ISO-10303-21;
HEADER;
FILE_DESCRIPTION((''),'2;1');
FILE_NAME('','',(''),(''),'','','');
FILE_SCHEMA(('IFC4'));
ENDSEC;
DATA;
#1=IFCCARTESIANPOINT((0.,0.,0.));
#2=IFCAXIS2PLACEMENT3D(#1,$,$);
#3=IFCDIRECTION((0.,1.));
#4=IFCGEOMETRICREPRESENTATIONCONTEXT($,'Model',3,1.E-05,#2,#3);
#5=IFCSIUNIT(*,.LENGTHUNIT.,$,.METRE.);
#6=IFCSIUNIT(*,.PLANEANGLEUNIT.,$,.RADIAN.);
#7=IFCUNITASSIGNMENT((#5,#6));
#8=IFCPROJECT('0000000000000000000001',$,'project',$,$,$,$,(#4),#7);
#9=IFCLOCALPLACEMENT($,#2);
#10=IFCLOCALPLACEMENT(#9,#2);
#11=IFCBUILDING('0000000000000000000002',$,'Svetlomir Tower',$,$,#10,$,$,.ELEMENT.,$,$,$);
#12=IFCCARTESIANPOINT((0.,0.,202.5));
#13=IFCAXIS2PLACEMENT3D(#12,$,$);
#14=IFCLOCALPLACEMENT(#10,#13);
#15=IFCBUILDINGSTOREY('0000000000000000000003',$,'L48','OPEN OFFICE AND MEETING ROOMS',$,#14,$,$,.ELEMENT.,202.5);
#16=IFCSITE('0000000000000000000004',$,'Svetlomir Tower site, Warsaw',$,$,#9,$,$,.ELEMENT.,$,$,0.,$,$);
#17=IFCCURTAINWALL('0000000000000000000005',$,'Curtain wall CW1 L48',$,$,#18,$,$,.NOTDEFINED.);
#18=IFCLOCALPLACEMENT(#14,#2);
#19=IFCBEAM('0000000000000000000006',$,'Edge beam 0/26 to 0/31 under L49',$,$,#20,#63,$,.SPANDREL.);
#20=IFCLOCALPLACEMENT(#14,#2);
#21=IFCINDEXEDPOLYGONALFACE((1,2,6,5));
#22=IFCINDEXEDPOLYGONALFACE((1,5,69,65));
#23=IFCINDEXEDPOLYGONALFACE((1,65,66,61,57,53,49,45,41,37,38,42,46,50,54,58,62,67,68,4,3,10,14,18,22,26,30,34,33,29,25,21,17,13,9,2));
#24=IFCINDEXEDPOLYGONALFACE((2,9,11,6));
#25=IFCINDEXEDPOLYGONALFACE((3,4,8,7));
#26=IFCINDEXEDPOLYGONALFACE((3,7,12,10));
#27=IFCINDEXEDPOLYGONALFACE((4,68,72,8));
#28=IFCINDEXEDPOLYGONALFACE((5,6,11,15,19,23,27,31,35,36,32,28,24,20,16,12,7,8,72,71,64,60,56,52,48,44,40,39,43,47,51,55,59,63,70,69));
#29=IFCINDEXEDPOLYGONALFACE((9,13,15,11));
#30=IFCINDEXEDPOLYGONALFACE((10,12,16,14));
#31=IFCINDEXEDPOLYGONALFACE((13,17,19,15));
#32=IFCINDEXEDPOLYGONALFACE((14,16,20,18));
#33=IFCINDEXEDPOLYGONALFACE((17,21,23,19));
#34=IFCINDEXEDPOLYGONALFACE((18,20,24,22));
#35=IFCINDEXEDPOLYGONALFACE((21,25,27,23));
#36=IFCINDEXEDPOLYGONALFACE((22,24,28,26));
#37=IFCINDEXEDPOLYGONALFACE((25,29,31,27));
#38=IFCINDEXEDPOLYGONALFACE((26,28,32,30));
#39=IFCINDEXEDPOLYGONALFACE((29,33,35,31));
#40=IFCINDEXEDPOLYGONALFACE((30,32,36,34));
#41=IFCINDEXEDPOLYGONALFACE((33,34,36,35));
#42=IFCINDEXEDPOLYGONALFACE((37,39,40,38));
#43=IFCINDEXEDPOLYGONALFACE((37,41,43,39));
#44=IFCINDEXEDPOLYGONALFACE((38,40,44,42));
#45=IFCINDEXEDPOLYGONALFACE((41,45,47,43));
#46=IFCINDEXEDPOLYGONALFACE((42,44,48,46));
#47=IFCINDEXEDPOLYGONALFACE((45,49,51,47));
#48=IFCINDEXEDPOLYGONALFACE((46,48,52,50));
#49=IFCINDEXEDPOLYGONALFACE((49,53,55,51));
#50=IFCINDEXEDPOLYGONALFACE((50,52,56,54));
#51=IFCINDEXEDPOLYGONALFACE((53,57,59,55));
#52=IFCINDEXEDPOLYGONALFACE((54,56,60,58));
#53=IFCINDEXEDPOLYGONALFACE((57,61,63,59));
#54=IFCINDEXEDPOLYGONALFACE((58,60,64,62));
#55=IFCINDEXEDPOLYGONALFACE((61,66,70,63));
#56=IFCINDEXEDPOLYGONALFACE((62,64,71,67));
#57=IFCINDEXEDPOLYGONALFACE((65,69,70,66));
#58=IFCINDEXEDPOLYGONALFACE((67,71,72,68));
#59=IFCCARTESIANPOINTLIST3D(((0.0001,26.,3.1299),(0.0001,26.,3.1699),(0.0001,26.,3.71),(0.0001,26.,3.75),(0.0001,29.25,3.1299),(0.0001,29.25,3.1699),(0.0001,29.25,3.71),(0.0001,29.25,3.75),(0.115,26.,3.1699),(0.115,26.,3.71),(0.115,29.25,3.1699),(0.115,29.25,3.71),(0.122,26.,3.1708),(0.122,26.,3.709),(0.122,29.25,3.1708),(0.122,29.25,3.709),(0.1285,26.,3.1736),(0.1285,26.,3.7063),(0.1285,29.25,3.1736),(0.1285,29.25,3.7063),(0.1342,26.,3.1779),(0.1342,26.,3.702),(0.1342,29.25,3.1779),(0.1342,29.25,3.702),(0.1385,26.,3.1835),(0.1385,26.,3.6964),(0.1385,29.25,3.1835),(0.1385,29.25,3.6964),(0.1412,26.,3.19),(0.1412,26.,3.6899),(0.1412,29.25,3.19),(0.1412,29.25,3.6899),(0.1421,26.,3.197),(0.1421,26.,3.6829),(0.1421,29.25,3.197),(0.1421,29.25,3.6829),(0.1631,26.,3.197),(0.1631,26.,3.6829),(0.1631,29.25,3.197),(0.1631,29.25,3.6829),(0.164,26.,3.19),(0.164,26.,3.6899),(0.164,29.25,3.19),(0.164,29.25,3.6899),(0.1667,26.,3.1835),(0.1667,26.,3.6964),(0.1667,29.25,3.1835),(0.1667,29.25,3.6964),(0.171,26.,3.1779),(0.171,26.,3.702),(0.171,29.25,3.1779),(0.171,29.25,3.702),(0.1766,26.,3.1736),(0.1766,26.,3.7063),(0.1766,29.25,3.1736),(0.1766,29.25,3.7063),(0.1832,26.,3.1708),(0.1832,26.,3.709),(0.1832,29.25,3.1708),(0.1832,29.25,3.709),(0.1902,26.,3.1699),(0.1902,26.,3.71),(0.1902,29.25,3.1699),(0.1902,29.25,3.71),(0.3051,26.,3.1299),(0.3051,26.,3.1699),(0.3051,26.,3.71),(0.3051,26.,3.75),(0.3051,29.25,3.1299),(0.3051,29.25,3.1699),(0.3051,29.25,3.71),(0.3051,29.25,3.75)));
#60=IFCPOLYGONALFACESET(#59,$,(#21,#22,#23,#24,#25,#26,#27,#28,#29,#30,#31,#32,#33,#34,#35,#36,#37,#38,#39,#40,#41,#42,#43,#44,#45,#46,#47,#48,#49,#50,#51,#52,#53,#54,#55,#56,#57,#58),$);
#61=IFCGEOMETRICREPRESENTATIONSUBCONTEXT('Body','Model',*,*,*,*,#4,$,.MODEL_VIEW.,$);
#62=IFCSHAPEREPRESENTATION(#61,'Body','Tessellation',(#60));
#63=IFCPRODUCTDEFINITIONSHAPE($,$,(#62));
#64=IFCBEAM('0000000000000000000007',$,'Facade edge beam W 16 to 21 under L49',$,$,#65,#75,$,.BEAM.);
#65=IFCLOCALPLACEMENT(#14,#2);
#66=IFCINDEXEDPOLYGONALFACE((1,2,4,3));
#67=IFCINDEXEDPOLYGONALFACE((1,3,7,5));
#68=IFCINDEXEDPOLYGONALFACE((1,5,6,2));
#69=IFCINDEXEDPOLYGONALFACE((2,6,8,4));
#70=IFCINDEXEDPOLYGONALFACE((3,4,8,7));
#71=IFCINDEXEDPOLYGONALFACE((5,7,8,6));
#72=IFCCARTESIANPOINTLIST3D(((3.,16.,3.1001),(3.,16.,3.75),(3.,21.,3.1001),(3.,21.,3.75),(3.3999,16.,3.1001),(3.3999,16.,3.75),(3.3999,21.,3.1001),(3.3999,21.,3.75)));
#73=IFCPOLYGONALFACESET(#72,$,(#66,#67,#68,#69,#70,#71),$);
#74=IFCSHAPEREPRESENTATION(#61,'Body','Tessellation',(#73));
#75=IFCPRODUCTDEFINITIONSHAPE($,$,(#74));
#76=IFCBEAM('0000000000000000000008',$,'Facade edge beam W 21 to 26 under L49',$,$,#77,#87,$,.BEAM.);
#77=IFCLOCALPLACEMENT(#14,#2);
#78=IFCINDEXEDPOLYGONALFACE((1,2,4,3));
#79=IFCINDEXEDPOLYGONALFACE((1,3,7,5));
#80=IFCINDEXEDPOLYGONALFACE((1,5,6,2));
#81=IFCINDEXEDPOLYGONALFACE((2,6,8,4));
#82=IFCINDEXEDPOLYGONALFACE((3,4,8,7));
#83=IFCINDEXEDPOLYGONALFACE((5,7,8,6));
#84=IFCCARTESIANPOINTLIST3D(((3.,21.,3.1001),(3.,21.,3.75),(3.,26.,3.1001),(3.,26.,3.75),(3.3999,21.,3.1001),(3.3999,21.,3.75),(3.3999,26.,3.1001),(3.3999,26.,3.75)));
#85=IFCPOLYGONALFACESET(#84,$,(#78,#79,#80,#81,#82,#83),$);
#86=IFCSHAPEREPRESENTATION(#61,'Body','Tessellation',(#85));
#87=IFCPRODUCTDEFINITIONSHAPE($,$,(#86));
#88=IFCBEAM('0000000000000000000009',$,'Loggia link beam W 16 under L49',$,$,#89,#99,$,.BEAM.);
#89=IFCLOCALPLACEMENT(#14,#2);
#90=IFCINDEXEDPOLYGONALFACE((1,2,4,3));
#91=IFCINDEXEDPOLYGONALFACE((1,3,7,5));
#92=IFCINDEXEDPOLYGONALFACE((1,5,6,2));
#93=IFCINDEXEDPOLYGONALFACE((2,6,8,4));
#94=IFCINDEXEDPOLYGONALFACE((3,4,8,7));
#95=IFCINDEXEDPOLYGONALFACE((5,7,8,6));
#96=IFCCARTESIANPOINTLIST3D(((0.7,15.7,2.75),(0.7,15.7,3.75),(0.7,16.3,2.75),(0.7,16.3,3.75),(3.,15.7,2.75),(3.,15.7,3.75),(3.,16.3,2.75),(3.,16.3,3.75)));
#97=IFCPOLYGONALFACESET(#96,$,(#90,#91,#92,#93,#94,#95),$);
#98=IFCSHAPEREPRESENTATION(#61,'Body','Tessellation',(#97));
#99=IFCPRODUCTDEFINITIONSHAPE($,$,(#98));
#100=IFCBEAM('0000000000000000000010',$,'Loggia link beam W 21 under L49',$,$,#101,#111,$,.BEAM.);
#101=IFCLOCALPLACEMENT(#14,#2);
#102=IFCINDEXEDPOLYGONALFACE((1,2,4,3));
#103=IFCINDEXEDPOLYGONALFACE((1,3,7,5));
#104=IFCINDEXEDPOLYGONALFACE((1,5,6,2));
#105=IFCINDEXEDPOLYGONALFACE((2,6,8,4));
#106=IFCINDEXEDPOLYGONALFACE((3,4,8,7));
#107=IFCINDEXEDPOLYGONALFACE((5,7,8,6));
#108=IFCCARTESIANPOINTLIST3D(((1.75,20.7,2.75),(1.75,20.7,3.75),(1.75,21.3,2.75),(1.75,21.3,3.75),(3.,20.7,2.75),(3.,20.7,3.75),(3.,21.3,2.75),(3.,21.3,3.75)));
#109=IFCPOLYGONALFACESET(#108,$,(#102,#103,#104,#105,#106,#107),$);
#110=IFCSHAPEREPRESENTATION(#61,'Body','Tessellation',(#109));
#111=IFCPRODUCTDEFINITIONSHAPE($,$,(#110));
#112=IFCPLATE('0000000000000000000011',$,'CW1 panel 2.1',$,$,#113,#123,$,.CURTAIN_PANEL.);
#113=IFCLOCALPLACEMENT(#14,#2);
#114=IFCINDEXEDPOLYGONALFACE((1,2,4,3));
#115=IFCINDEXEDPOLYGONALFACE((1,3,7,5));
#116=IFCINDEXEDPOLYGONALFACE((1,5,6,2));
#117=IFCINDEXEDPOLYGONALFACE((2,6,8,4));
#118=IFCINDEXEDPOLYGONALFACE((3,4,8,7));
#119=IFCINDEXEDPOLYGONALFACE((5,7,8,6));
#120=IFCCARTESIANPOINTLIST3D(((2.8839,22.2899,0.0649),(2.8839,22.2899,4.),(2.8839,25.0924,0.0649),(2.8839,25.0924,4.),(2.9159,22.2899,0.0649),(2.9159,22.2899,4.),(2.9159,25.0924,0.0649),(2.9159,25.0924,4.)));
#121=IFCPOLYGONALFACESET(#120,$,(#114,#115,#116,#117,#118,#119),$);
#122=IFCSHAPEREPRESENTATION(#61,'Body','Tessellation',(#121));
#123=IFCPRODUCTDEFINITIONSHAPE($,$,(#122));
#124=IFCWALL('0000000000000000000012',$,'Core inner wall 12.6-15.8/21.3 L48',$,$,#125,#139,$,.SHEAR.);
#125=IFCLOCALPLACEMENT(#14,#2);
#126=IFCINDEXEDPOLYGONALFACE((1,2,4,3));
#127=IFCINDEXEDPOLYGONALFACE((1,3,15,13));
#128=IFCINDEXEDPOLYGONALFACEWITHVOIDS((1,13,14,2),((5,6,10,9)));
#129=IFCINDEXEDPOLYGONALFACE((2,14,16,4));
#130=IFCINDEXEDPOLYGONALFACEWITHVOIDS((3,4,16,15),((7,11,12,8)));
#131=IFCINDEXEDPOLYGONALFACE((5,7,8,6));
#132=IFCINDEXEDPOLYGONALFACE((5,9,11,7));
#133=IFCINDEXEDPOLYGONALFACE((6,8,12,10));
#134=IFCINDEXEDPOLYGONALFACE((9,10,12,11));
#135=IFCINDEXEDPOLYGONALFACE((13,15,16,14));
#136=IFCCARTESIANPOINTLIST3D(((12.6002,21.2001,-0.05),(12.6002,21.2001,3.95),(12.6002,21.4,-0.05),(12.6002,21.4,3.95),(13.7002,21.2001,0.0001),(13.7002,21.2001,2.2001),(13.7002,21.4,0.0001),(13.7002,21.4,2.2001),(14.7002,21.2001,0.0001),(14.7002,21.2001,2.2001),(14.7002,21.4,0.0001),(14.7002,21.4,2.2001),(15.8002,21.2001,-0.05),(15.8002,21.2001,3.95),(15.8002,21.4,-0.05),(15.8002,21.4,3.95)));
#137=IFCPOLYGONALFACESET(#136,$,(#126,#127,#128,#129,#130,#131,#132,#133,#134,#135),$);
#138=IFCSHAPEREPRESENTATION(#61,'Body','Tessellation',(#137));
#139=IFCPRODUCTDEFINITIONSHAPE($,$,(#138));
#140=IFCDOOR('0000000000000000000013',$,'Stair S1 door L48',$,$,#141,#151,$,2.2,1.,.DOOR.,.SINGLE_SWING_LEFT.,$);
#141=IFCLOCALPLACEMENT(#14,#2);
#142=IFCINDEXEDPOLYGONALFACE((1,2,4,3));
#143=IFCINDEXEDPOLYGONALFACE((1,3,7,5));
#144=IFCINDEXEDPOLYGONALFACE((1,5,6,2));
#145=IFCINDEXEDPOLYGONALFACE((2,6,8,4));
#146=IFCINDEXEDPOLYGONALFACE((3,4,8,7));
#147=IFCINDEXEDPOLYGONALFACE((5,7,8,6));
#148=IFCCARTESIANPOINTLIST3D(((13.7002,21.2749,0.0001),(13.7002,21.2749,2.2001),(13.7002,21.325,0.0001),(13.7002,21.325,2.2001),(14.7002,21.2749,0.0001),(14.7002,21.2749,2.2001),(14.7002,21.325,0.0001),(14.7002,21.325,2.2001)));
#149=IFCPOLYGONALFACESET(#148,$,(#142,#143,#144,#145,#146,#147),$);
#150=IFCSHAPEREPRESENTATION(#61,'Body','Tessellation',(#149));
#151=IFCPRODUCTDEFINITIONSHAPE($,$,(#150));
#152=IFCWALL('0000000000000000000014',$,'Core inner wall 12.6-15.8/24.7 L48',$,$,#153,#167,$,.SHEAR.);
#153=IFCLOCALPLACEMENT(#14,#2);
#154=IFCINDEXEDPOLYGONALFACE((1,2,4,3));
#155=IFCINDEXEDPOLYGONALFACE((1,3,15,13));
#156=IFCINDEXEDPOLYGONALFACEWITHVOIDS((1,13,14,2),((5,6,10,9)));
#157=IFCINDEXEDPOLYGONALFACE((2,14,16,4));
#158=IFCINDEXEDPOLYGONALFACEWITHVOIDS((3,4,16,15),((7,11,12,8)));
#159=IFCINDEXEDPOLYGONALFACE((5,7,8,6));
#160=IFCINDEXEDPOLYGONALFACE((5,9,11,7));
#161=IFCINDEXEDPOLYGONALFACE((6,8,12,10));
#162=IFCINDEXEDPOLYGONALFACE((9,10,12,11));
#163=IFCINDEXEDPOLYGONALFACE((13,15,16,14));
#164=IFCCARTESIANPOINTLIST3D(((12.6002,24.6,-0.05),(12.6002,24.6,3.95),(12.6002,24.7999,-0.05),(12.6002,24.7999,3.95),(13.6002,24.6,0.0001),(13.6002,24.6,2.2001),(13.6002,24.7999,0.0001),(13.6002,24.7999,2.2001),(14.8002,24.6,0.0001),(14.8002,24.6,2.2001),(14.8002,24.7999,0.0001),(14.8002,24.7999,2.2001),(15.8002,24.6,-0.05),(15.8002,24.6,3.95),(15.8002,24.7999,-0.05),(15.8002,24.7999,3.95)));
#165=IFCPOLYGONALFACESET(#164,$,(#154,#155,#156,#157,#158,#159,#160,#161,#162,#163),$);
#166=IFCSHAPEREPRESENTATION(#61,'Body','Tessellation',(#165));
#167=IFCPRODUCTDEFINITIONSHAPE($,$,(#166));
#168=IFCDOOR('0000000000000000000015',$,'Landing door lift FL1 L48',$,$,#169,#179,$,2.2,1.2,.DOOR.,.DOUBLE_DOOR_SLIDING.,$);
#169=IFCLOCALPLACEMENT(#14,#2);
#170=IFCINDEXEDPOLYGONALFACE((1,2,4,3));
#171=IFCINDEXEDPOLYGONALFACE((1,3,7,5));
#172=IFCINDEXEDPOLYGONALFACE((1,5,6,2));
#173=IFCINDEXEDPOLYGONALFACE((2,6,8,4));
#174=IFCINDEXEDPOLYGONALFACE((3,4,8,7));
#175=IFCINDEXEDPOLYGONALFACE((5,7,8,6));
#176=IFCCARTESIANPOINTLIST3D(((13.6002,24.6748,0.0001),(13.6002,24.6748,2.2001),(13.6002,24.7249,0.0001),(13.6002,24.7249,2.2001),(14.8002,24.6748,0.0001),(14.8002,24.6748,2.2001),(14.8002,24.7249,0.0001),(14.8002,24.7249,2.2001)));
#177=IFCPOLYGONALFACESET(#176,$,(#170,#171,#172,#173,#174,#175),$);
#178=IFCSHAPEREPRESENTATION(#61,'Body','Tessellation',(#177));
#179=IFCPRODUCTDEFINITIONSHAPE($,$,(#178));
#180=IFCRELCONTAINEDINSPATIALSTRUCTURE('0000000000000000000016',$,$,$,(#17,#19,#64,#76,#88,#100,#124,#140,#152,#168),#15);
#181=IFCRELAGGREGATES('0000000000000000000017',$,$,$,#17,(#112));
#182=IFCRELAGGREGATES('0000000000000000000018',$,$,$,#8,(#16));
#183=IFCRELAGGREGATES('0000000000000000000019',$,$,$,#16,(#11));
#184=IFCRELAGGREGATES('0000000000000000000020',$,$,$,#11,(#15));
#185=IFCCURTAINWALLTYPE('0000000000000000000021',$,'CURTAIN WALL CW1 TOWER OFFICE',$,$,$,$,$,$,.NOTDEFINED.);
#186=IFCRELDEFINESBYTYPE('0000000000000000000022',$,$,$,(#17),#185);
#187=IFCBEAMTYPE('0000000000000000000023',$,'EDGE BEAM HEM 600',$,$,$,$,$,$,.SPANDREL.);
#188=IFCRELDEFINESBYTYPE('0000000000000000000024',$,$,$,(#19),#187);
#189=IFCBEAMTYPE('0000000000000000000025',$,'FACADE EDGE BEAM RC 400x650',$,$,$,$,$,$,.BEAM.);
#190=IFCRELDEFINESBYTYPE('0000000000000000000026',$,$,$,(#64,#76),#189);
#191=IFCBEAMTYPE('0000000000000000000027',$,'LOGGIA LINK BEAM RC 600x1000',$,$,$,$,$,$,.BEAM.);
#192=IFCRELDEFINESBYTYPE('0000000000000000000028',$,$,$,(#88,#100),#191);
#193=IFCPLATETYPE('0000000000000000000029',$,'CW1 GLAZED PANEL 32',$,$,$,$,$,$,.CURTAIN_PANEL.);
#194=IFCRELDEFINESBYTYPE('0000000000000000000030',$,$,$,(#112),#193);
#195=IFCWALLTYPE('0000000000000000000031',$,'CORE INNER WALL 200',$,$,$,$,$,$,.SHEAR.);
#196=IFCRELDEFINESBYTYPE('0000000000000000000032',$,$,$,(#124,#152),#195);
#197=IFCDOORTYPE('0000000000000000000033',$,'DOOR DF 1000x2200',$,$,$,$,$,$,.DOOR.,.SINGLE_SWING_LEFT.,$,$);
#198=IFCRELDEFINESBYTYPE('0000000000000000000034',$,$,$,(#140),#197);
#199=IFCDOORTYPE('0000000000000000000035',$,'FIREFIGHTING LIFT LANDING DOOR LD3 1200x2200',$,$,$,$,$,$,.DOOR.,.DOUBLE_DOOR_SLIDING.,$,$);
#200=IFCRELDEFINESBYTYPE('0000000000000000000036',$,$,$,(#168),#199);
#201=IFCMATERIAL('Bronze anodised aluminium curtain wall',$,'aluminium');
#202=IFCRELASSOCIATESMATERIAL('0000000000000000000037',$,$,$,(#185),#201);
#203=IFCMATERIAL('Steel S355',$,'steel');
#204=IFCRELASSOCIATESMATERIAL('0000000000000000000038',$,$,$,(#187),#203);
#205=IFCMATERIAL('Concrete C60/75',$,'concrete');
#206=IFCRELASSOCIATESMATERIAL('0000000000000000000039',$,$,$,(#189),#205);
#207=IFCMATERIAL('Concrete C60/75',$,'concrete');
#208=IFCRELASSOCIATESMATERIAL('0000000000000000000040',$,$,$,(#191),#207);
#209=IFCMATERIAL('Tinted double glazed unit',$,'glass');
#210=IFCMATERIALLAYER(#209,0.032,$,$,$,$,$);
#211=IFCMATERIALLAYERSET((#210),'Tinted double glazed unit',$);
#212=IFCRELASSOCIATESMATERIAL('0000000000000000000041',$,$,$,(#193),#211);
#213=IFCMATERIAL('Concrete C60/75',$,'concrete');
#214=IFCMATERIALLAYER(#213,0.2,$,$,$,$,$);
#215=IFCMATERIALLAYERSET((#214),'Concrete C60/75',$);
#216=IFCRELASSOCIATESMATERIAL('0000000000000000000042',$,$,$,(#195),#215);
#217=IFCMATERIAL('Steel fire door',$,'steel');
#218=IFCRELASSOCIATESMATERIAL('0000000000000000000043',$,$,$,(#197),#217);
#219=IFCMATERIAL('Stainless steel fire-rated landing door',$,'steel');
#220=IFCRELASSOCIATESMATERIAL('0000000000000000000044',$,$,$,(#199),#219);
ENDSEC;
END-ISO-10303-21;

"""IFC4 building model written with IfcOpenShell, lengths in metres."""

from ifc_helpers import new_model, si_unit, direction, frame, frame_2d, origin, origin_2d, place, context, subcontext, project, spatial, rectangle, i_section, extrude, material, layer, layer_set, material_profile, profile_set, type_object, element, fill, aggregate, save


model = new_model("IFC4")

# Units and contexts
model_context = context("Model", 3, precision=1e-05, world=origin(), true_north=direction((0.0, 1.0)))
body_context = subcontext(model_context, "Body", "Model", "MODEL_VIEW")
ifc_project = project(units=[si_unit("LENGTHUNIT", "METRE"), si_unit("PLANEANGLEUNIT", "RADIAN")], contexts=[model_context])

# Site, building, storey
site_placement = place(None, origin())
site = spatial("IfcSite", under=ifc_project, at=site_placement, Name="Svetlomir Tower site, Warsaw", CompositionType="ELEMENT", RefElevation=0.0)
building_placement = place(site_placement, origin())
building = spatial("IfcBuilding", under=site, at=building_placement, Name="Svetlomir Tower", CompositionType="ELEMENT")
storey_placement = place(building_placement, frame((0.0, 0.0, 202.5)))
storey = spatial("IfcBuildingStorey", under=building, at=storey_placement, Name="L48", Description="OPEN OFFICE AND MEETING ROOMS", CompositionType="ELEMENT", Elevation=202.5)

# Curtain wall
ifc_material_1 = material(Name="Bronze anodised aluminium curtain wall", Category="aluminium")
curtain_wall_type = type_object("IfcCurtainWallType", Name="CURTAIN WALL CW1 TOWER OFFICE", PredefinedType="NOTDEFINED", material=ifc_material_1)
curtain_wall_1_placement = place(storey_placement, origin())
curtain_wall_1 = element("IfcCurtainWall", 1, at=curtain_wall_1_placement, inside=storey, type_object=curtain_wall_type, Name="Curtain wall CW1 L48", PredefinedType="NOTDEFINED")

# Beams
ifc_material_2 = material(Name="Steel S355", Category="steel")
ifc_material_profile_1 = material_profile(ifc_material_2, i_section(OverallWidth=0.3049, OverallDepth=0.6201, WebThickness=0.021, FlangeThickness=0.04, FilletRadius=0.0271, at=origin_2d()), Name="HEM 600")
ifc_profile_set_1 = profile_set([ifc_material_profile_1], Name="Steel S355")
beam_type_1 = type_object("IfcBeamType", Name="EDGE BEAM HEM 600", PredefinedType="SPANDREL", material=ifc_profile_set_1)
beam_1_placement = place(storey_placement, frame((0.1526, 26.0, 3.4399), z_axis=(0.0, 1.0, 0.0), x_axis=(-1.0, 0.0, 0.0)))
element("IfcBeam", 2, at=beam_1_placement, inside=storey, type_object=beam_type_1, Name="Edge beam 0/26 to 0/31 under L49", PredefinedType="SPANDREL", context=body_context, shape_type="SweptSolid", body=[
    extrude(i_section(OverallWidth=0.3049, OverallDepth=0.6201, WebThickness=0.021, FlangeThickness=0.04, FilletRadius=0.0271, at=origin_2d()), origin(), (0.0, 0.0, 1.0), 3.25),
])
ifc_material_3 = material(Name="Concrete C60/75", Category="concrete")
ifc_material_profile_2 = material_profile(ifc_material_3, rectangle(XDim=0.3999, YDim=0.6499, at=origin_2d()), Name="RC 400x650")
ifc_profile_set_2 = profile_set([ifc_material_profile_2], Name="Concrete C60/75")
beam_type_2 = type_object("IfcBeamType", Name="FACADE EDGE BEAM RC 400x650", PredefinedType="BEAM", material=ifc_profile_set_2)
for number, where, z_axis, x_axis, name in (
    (3, (3.2, 16.0, 3.425), (0.0, 1.0, 0.0), (-1.0, 0.0, 0.0), "Facade edge beam W 16 to 21 under L49"),
    (4, (3.2, 21.0, 3.425), (0.0, 1.0, 0.0), (-1.0, 0.0, 0.0), "Facade edge beam W 21 to 26 under L49"),
):
    element("IfcBeam", number, at=place(storey_placement, frame(where, z_axis=z_axis, x_axis=x_axis)), inside=storey, type_object=beam_type_2, Name=name, PredefinedType="BEAM", context=body_context, shape_type="SweptSolid", body=[
        extrude(rectangle(XDim=0.3999, YDim=0.6499, at=origin_2d()), origin(), (0.0, 0.0, 1.0), 5.0),
    ])
ifc_material_4 = material(Name="Concrete C60/75", Category="concrete")
ifc_material_profile_3 = material_profile(ifc_material_4, rectangle(XDim=0.6001, YDim=1.0, at=origin_2d()), Name="RC 600x1000")
ifc_profile_set_3 = profile_set([ifc_material_profile_3], Name="Concrete C60/75")
beam_type_3 = type_object("IfcBeamType", Name="LOGGIA LINK BEAM RC 600x1000", PredefinedType="BEAM", material=ifc_profile_set_3)
beam_2_placement = place(storey_placement, frame((0.7, 16.0, 3.25), z_axis=(1.0, 0.0, 0.0), x_axis=(0.0, 1.0, 0.0)))
element("IfcBeam", 5, at=beam_2_placement, inside=storey, type_object=beam_type_3, Name="Loggia link beam W 16 under L49", PredefinedType="BEAM", context=body_context, shape_type="SweptSolid", body=[
    extrude(rectangle(XDim=0.6001, YDim=1.0, at=origin_2d()), origin(), (0.0, 0.0, 1.0), 2.3),
])
beam_3_placement = place(storey_placement, frame((1.75, 21.0, 3.25), z_axis=(1.0, 0.0, 0.0), x_axis=(0.0, 1.0, 0.0)))
element("IfcBeam", 6, at=beam_3_placement, inside=storey, type_object=beam_type_3, Name="Loggia link beam W 21 under L49", PredefinedType="BEAM", context=body_context, shape_type="SweptSolid", body=[
    extrude(rectangle(XDim=0.6001, YDim=1.0, at=origin_2d()), origin(), (0.0, 0.0, 1.0), 1.25),
])

# Plate
ifc_material_5 = material(Name="Tinted double glazed unit", Category="glass")
ifc_layer_1 = layer(ifc_material_5, 0.032)
ifc_layer_set_1 = layer_set([ifc_layer_1], Name="Tinted double glazed unit")
plate_type = type_object("IfcPlateType", Name="CW1 GLAZED PANEL 32", PredefinedType="CURTAIN_PANEL", material=ifc_layer_set_1)
plate_placement = place(storey_placement, frame((2.8999, 23.6912, 0.0649), z_axis=(0.0, 0.0, 1.0), x_axis=(0.0, -1.0, 0.0)))
plate = element("IfcPlate", 7, at=plate_placement, type_object=plate_type, Name="CW1 panel 2.1", PredefinedType="CURTAIN_PANEL", context=body_context, shape_type="SweptSolid", body=[
    extrude(rectangle(XDim=2.8025, YDim=0.032, at=origin_2d()), origin(), (0.0, 0.0, 1.0), 3.9351),
])
aggregate(curtain_wall_1, [plate])

# Walls, openings, doors
ifc_material_6 = material(Name="Concrete C60/75", Category="concrete")
ifc_layer_2 = layer(ifc_material_6, 0.2)
ifc_layer_set_2 = layer_set([ifc_layer_2], Name="Concrete C60/75")
wall_type_1 = type_object("IfcWallType", Name="CORE INNER WALL 200", PredefinedType="SHEAR", material=ifc_layer_set_2)
wall_1_placement = place(storey_placement, frame((12.6001, 21.3, -0.05), z_axis=(0.0, 0.0, 1.0), x_axis=(1.0, 0.0, 0.0)))
wall_1 = element("IfcWall", 8, at=wall_1_placement, inside=storey, type_object=wall_type_1, Name="Core inner wall 12.6-15.8/21.3 L48", PredefinedType="SHEAR", context=body_context, shape_type="SweptSolid", body=[
    extrude(rectangle(XDim=3.2, YDim=0.2, at=frame_2d((1.6001, 0.0))), origin(), (0.0, 0.0, 1.0), 4.0),
])
opening_1_placement = place(wall_1_placement, frame((1.1001, 0.0, 0.05)))
opening_1 = element("IfcOpeningElement", 9, at=opening_1_placement, cuts=wall_1, PredefinedType="OPENING", context=body_context, shape_type="SweptSolid", body=[
    extrude(rectangle(XDim=1.0, YDim=2.2, at=frame_2d((0.5, 1.1001))), frame((0.0, 0.1099, 0.0), z_axis=(0.0, -1.0, 0.0), x_axis=(1.0, 0.0, 0.0)), (0.0, 0.0, 1.0), 0.22),
])
ifc_material_7 = material(Name="Steel fire door", Category="steel")
door_type_1 = type_object("IfcDoorType", Name="DOOR DF 1000x2200", OperationType="SINGLE_SWING_LEFT", PredefinedType="DOOR", material=ifc_material_7)
door_1_placement = place(opening_1_placement, origin())
door_1 = element("IfcDoor", 10, at=door_1_placement, inside=storey, type_object=door_type_1, Name="Stair S1 door L48", OperationType="SINGLE_SWING_LEFT", OverallHeight=2.2, OverallWidth=1.0, PredefinedType="DOOR", context=body_context, shape_type="SweptSolid", body=[
    extrude(rectangle(XDim=1.0, YDim=2.2, at=frame_2d((0.5, 1.1001))), frame((0.0, 0.0249, 0.0), z_axis=(0.0, -1.0, 0.0), x_axis=(1.0, 0.0, 0.0)), (0.0, 0.0, 1.0), 0.05),
])
fill(opening_1, door_1)
wall_2_placement = place(storey_placement, frame((12.6001, 24.7, -0.05), z_axis=(0.0, 0.0, 1.0), x_axis=(1.0, 0.0, 0.0)))
wall_2 = element("IfcWall", 11, at=wall_2_placement, inside=storey, type_object=wall_type_1, Name="Core inner wall 12.6-15.8/24.7 L48", PredefinedType="SHEAR", context=body_context, shape_type="SweptSolid", body=[
    extrude(rectangle(XDim=3.2, YDim=0.2, at=frame_2d((1.6001, 0.0))), origin(), (0.0, 0.0, 1.0), 4.0),
])
opening_2_placement = place(wall_2_placement, frame((1.0, 0.0, 0.05)))
opening_2 = element("IfcOpeningElement", 12, at=opening_2_placement, cuts=wall_2, PredefinedType="OPENING", context=body_context, shape_type="SweptSolid", body=[
    extrude(rectangle(XDim=1.2, YDim=2.2, at=frame_2d((0.6001, 1.1001))), frame((0.0, 0.1099, 0.0), z_axis=(0.0, -1.0, 0.0), x_axis=(1.0, 0.0, 0.0)), (0.0, 0.0, 1.0), 0.22),
])
ifc_material_8 = material(Name="Stainless steel fire-rated landing door", Category="steel")
door_type_2 = type_object("IfcDoorType", Name="FIREFIGHTING LIFT LANDING DOOR LD3 1200x2200", OperationType="DOUBLE_DOOR_SLIDING", PredefinedType="DOOR", material=ifc_material_8)
door_2_placement = place(opening_2_placement, origin())
door_2 = element("IfcDoor", 13, at=door_2_placement, inside=storey, type_object=door_type_2, Name="Landing door lift FL1 L48", OperationType="DOUBLE_DOOR_SLIDING", OverallHeight=2.2, OverallWidth=1.2, PredefinedType="DOOR", context=body_context, shape_type="SweptSolid", body=[
    extrude(rectangle(XDim=1.2, YDim=2.2, at=frame_2d((0.6001, 1.1001))), frame((0.0, 0.0249, 0.0), z_axis=(0.0, -1.0, 0.0), x_axis=(1.0, 0.0, 0.0)), (0.0, 0.0, 1.0), 0.05),
])
fill(opening_2, door_2)

save(model, "model.ifc")
